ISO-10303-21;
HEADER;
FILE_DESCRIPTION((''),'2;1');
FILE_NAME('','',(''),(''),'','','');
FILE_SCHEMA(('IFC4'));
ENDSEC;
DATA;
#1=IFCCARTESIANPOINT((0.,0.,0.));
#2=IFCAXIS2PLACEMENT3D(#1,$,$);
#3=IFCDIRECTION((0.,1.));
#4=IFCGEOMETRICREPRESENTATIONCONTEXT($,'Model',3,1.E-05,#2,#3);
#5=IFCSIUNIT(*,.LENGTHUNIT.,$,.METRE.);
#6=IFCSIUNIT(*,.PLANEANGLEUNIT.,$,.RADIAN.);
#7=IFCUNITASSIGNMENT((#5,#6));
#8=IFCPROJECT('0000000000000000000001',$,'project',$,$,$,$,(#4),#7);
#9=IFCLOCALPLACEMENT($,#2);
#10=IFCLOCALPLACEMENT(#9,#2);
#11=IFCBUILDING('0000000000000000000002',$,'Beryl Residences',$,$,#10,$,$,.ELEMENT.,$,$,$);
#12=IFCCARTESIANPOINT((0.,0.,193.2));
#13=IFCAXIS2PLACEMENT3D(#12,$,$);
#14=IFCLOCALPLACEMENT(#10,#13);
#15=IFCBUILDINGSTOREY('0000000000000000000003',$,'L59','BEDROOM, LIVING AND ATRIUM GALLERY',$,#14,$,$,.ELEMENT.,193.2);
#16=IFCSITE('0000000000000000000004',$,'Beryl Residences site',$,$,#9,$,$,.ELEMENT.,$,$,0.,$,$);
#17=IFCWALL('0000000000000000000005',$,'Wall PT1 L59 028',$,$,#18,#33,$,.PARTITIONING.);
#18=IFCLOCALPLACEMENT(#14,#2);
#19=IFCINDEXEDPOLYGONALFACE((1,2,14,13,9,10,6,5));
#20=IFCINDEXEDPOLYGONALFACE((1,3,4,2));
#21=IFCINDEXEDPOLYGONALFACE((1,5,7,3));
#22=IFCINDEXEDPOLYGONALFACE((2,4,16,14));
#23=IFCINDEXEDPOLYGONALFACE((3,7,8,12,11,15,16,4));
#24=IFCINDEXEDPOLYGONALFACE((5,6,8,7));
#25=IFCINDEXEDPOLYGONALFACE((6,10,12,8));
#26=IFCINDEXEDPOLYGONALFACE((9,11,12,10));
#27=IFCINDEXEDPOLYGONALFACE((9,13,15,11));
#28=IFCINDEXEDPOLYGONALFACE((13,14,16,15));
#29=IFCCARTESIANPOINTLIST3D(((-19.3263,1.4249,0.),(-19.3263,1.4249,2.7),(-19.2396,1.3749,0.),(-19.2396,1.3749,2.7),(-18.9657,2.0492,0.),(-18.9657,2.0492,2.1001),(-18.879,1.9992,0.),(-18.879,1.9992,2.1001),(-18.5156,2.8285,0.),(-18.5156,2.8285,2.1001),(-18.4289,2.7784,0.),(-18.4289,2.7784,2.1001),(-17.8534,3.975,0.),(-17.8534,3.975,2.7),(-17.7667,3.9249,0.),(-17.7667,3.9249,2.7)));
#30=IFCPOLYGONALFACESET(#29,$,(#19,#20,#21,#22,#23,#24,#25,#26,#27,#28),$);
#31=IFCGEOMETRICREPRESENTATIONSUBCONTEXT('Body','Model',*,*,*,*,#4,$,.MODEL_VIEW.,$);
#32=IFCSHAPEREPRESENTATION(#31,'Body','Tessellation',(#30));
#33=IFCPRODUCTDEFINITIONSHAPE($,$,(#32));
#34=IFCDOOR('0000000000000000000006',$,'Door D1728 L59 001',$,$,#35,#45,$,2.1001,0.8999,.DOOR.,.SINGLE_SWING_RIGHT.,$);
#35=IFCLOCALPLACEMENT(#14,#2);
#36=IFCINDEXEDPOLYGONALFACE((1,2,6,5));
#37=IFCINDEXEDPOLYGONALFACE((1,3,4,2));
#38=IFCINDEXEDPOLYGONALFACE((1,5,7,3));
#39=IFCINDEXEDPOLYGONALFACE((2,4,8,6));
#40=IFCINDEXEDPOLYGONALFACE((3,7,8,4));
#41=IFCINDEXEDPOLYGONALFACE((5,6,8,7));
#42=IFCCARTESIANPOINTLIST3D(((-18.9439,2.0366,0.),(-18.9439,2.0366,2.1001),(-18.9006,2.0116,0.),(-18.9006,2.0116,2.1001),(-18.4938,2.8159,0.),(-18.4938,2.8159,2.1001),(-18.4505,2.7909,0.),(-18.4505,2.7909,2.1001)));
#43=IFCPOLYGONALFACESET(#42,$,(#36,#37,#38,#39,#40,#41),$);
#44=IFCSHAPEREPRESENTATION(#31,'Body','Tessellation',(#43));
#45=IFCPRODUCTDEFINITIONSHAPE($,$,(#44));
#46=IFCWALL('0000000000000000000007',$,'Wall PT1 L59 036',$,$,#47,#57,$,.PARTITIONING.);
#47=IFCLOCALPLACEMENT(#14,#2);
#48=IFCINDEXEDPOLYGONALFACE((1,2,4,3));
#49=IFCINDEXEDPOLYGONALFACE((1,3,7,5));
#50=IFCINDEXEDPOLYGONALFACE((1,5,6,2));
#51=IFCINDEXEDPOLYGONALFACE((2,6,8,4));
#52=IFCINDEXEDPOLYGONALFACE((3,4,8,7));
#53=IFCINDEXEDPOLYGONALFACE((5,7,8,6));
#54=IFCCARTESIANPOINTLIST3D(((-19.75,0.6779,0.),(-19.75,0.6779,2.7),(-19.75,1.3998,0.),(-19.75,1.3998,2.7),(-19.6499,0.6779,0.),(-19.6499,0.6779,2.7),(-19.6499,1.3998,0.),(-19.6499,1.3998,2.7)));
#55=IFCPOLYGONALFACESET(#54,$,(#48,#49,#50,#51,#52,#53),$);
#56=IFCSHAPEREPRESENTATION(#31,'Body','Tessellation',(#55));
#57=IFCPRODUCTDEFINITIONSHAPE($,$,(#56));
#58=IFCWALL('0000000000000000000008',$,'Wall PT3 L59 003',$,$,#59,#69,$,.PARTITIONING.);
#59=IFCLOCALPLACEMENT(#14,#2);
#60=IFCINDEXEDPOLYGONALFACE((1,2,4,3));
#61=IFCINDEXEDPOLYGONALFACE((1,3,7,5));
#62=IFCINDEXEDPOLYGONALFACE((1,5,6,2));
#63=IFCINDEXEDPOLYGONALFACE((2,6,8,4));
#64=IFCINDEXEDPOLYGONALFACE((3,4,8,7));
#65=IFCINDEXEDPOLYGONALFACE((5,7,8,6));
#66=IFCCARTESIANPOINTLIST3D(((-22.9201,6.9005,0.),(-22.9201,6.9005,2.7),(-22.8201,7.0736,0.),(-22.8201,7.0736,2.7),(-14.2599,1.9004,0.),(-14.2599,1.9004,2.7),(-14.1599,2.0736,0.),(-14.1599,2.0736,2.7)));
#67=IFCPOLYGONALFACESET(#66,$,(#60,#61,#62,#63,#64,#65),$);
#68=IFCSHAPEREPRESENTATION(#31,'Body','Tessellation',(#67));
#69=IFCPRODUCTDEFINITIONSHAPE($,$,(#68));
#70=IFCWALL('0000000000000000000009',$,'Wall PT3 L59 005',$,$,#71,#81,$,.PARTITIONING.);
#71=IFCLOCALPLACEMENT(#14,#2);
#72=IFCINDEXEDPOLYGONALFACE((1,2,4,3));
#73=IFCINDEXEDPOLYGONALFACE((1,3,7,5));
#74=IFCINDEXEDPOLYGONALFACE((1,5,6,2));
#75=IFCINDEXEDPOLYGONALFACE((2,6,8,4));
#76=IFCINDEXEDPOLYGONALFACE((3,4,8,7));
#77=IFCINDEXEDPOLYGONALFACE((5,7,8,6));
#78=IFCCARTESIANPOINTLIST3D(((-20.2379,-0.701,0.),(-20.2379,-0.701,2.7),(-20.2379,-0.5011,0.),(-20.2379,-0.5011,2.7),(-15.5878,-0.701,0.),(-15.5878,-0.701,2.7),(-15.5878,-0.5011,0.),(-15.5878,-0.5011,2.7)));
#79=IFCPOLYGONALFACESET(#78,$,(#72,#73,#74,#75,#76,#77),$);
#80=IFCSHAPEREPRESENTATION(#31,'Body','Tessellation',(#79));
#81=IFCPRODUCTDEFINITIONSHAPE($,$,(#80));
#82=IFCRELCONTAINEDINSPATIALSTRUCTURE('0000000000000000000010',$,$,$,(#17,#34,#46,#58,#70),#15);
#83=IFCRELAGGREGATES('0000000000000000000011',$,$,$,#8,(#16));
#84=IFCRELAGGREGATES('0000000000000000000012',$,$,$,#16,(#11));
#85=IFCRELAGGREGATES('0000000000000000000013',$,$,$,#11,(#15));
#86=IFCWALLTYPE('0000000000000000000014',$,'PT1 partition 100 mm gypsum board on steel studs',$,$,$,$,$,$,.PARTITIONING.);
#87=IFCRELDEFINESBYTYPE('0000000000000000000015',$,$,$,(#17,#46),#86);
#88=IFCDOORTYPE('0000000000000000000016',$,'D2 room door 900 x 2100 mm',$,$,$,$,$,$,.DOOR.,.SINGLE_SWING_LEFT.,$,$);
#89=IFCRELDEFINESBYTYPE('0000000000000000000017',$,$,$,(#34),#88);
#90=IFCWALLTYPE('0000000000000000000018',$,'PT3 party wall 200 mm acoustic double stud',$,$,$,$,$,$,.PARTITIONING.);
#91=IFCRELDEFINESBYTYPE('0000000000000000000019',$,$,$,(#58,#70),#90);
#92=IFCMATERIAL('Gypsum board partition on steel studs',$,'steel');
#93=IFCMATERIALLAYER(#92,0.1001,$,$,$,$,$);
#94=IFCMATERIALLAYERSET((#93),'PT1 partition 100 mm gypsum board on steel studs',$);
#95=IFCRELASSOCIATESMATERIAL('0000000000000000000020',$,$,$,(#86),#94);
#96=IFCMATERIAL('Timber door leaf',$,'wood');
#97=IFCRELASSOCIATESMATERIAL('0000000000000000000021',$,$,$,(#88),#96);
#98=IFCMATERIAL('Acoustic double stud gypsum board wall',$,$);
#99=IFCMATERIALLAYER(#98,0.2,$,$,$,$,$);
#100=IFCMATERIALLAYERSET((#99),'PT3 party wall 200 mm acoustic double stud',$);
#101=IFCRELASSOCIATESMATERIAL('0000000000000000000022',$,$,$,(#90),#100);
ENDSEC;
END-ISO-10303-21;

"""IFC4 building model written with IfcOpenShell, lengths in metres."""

from ifc_helpers import new_model, si_unit, direction, frame, frame_2d, origin, place, context, subcontext, project, spatial, rectangle, extrude, material, layer, layer_set, type_object, element, fill, save


model = new_model("IFC4")

# Units and contexts
model_context = context("Model", 3, precision=1e-05, world=origin(), true_north=direction((0.0, 1.0)))
body_context = subcontext(model_context, "Body", "Model", "MODEL_VIEW")
ifc_project = project(units=[si_unit("LENGTHUNIT", "METRE"), si_unit("PLANEANGLEUNIT", "RADIAN")], contexts=[model_context])

# Site, building, storey
site_placement = place(None, origin())
site = spatial("IfcSite", under=ifc_project, at=site_placement, Name="Beryl Residences site", CompositionType="ELEMENT", RefElevation=0.0)
building_placement = place(site_placement, origin())
building = spatial("IfcBuilding", under=site, at=building_placement, Name="Beryl Residences", CompositionType="ELEMENT")
storey_placement = place(building_placement, frame((0.0, 0.0, 193.2)))
storey = spatial("IfcBuildingStorey", under=building, at=storey_placement, Name="L59", Description="BEDROOM, LIVING AND ATRIUM GALLERY", CompositionType="ELEMENT", Elevation=193.2)

# Shared definitions
ifc_material_1 = material(Name="Gypsum board partition on steel studs", Category="steel")
ifc_layer_1 = layer(ifc_material_1, 0.1001)
ifc_layer_set_1 = layer_set([ifc_layer_1], Name="PT1 partition 100 mm gypsum board on steel studs")
wall_type_1 = type_object("IfcWallType", Name="PT1 partition 100 mm gypsum board on steel studs", PredefinedType="PARTITIONING", material=ifc_layer_set_1)
ifc_material_2 = material(Name="Timber door leaf", Category="wood")
door_type = type_object("IfcDoorType", Name="D2 room door 900 x 2100 mm", OperationType="SINGLE_SWING_LEFT", PredefinedType="DOOR", material=ifc_material_2)

# Wall, opening, door
wall_1_placement = place(storey_placement, frame((-19.283, 1.3999, 0.0), z_axis=(0.0, 0.0, 1.0), x_axis=(0.50016, 0.865933, 0.0)))
wall_1 = element("IfcWall", 1, at=wall_1_placement, inside=storey, type_object=wall_type_1, Name="Wall PT1 L59 028", PredefinedType="PARTITIONING", context=body_context, shape_type="SweptSolid", body=[
    extrude(rectangle(XDim=2.9448, YDim=0.1001, at=frame_2d((1.4724, 0.0))), origin(), (0.0, 0.0, 1.0), 2.7),
])
opening_1_placement = place(wall_1_placement, frame((0.7209, 0.0, 0.0)))
opening_1 = element("IfcOpeningElement", 2, at=opening_1_placement, cuts=wall_1, PredefinedType="OPENING", context=body_context, shape_type="SweptSolid", body=[
    extrude(rectangle(XDim=0.8999, YDim=2.1001, at=frame_2d((0.45, 1.05))), frame((0.0, 0.0601, 0.0), z_axis=(0.0, -1.0, 0.0), x_axis=(1.0, 0.0, 0.0)), (0.0, 0.0, 1.0), 0.1201),
])
door_1_placement = place(opening_1_placement, origin())
door_1 = element("IfcDoor", 3, at=door_1_placement, inside=storey, type_object=door_type, Name="Door D1728 L59 001", OperationType="SINGLE_SWING_RIGHT", OverallHeight=2.1001, OverallWidth=0.8999, PredefinedType="DOOR", context=body_context, shape_type="SweptSolid", body=[
    extrude(rectangle(XDim=0.8999, YDim=2.1001, at=frame_2d((0.45, 1.05))), frame((0.0, 0.0249, 0.0), z_axis=(0.0, -1.0, 0.0), x_axis=(1.0, 0.0, 0.0)), (0.0, 0.0, 1.0), 0.05),
])
fill(opening_1, door_1)

# Walls
wall_2_placement = place(storey_placement, frame((-19.7, 0.678, 0.0), z_axis=(0.0, 0.0, 1.0), x_axis=(0.0, 1.0, 0.0)))
element("IfcWall", 4, at=wall_2_placement, inside=storey, type_object=wall_type_1, Name="Wall PT1 L59 036", PredefinedType="PARTITIONING", context=body_context, shape_type="SweptSolid", body=[
    extrude(rectangle(XDim=0.7219, YDim=0.1001, at=frame_2d((0.3608, 0.0))), origin(), (0.0, 0.0, 1.0), 2.7),
])
ifc_material_3 = material(Name="Acoustic double stud gypsum board wall")
ifc_layer_2 = layer(ifc_material_3, 0.2)
ifc_layer_set_2 = layer_set([ifc_layer_2], Name="PT3 party wall 200 mm acoustic double stud")
wall_type_2 = type_object("IfcWallType", Name="PT3 party wall 200 mm acoustic double stud", PredefinedType="PARTITIONING", material=ifc_layer_set_2)
wall_3_placement = place(storey_placement, frame((-22.8701, 6.9871, 0.0), z_axis=(0.0, 0.0, 1.0), x_axis=(0.866023, -0.500004, 0.0)))
element("IfcWall", 5, at=wall_3_placement, inside=storey, type_object=wall_type_2, Name="Wall PT3 L59 003", PredefinedType="PARTITIONING", context=body_context, shape_type="SweptSolid", body=[
    extrude(rectangle(XDim=10.0, YDim=0.2, at=frame_2d((5.0, 0.0))), origin(), (0.0, 0.0, 1.0), 2.7),
])
wall_4_placement = place(storey_placement, frame((-20.238, -0.6011, 0.0), z_axis=(0.0, 0.0, 1.0), x_axis=(1.0, 0.0, 0.0)))
element("IfcWall", 6, at=wall_4_placement, inside=storey, type_object=wall_type_2, Name="Wall PT3 L59 005", PredefinedType="PARTITIONING", context=body_context, shape_type="SweptSolid", body=[
    extrude(rectangle(XDim=4.6501, YDim=0.2, at=frame_2d((2.3252, 0.0))), origin(), (0.0, 0.0, 1.0), 2.7),
])

save(model, "model.ifc")
